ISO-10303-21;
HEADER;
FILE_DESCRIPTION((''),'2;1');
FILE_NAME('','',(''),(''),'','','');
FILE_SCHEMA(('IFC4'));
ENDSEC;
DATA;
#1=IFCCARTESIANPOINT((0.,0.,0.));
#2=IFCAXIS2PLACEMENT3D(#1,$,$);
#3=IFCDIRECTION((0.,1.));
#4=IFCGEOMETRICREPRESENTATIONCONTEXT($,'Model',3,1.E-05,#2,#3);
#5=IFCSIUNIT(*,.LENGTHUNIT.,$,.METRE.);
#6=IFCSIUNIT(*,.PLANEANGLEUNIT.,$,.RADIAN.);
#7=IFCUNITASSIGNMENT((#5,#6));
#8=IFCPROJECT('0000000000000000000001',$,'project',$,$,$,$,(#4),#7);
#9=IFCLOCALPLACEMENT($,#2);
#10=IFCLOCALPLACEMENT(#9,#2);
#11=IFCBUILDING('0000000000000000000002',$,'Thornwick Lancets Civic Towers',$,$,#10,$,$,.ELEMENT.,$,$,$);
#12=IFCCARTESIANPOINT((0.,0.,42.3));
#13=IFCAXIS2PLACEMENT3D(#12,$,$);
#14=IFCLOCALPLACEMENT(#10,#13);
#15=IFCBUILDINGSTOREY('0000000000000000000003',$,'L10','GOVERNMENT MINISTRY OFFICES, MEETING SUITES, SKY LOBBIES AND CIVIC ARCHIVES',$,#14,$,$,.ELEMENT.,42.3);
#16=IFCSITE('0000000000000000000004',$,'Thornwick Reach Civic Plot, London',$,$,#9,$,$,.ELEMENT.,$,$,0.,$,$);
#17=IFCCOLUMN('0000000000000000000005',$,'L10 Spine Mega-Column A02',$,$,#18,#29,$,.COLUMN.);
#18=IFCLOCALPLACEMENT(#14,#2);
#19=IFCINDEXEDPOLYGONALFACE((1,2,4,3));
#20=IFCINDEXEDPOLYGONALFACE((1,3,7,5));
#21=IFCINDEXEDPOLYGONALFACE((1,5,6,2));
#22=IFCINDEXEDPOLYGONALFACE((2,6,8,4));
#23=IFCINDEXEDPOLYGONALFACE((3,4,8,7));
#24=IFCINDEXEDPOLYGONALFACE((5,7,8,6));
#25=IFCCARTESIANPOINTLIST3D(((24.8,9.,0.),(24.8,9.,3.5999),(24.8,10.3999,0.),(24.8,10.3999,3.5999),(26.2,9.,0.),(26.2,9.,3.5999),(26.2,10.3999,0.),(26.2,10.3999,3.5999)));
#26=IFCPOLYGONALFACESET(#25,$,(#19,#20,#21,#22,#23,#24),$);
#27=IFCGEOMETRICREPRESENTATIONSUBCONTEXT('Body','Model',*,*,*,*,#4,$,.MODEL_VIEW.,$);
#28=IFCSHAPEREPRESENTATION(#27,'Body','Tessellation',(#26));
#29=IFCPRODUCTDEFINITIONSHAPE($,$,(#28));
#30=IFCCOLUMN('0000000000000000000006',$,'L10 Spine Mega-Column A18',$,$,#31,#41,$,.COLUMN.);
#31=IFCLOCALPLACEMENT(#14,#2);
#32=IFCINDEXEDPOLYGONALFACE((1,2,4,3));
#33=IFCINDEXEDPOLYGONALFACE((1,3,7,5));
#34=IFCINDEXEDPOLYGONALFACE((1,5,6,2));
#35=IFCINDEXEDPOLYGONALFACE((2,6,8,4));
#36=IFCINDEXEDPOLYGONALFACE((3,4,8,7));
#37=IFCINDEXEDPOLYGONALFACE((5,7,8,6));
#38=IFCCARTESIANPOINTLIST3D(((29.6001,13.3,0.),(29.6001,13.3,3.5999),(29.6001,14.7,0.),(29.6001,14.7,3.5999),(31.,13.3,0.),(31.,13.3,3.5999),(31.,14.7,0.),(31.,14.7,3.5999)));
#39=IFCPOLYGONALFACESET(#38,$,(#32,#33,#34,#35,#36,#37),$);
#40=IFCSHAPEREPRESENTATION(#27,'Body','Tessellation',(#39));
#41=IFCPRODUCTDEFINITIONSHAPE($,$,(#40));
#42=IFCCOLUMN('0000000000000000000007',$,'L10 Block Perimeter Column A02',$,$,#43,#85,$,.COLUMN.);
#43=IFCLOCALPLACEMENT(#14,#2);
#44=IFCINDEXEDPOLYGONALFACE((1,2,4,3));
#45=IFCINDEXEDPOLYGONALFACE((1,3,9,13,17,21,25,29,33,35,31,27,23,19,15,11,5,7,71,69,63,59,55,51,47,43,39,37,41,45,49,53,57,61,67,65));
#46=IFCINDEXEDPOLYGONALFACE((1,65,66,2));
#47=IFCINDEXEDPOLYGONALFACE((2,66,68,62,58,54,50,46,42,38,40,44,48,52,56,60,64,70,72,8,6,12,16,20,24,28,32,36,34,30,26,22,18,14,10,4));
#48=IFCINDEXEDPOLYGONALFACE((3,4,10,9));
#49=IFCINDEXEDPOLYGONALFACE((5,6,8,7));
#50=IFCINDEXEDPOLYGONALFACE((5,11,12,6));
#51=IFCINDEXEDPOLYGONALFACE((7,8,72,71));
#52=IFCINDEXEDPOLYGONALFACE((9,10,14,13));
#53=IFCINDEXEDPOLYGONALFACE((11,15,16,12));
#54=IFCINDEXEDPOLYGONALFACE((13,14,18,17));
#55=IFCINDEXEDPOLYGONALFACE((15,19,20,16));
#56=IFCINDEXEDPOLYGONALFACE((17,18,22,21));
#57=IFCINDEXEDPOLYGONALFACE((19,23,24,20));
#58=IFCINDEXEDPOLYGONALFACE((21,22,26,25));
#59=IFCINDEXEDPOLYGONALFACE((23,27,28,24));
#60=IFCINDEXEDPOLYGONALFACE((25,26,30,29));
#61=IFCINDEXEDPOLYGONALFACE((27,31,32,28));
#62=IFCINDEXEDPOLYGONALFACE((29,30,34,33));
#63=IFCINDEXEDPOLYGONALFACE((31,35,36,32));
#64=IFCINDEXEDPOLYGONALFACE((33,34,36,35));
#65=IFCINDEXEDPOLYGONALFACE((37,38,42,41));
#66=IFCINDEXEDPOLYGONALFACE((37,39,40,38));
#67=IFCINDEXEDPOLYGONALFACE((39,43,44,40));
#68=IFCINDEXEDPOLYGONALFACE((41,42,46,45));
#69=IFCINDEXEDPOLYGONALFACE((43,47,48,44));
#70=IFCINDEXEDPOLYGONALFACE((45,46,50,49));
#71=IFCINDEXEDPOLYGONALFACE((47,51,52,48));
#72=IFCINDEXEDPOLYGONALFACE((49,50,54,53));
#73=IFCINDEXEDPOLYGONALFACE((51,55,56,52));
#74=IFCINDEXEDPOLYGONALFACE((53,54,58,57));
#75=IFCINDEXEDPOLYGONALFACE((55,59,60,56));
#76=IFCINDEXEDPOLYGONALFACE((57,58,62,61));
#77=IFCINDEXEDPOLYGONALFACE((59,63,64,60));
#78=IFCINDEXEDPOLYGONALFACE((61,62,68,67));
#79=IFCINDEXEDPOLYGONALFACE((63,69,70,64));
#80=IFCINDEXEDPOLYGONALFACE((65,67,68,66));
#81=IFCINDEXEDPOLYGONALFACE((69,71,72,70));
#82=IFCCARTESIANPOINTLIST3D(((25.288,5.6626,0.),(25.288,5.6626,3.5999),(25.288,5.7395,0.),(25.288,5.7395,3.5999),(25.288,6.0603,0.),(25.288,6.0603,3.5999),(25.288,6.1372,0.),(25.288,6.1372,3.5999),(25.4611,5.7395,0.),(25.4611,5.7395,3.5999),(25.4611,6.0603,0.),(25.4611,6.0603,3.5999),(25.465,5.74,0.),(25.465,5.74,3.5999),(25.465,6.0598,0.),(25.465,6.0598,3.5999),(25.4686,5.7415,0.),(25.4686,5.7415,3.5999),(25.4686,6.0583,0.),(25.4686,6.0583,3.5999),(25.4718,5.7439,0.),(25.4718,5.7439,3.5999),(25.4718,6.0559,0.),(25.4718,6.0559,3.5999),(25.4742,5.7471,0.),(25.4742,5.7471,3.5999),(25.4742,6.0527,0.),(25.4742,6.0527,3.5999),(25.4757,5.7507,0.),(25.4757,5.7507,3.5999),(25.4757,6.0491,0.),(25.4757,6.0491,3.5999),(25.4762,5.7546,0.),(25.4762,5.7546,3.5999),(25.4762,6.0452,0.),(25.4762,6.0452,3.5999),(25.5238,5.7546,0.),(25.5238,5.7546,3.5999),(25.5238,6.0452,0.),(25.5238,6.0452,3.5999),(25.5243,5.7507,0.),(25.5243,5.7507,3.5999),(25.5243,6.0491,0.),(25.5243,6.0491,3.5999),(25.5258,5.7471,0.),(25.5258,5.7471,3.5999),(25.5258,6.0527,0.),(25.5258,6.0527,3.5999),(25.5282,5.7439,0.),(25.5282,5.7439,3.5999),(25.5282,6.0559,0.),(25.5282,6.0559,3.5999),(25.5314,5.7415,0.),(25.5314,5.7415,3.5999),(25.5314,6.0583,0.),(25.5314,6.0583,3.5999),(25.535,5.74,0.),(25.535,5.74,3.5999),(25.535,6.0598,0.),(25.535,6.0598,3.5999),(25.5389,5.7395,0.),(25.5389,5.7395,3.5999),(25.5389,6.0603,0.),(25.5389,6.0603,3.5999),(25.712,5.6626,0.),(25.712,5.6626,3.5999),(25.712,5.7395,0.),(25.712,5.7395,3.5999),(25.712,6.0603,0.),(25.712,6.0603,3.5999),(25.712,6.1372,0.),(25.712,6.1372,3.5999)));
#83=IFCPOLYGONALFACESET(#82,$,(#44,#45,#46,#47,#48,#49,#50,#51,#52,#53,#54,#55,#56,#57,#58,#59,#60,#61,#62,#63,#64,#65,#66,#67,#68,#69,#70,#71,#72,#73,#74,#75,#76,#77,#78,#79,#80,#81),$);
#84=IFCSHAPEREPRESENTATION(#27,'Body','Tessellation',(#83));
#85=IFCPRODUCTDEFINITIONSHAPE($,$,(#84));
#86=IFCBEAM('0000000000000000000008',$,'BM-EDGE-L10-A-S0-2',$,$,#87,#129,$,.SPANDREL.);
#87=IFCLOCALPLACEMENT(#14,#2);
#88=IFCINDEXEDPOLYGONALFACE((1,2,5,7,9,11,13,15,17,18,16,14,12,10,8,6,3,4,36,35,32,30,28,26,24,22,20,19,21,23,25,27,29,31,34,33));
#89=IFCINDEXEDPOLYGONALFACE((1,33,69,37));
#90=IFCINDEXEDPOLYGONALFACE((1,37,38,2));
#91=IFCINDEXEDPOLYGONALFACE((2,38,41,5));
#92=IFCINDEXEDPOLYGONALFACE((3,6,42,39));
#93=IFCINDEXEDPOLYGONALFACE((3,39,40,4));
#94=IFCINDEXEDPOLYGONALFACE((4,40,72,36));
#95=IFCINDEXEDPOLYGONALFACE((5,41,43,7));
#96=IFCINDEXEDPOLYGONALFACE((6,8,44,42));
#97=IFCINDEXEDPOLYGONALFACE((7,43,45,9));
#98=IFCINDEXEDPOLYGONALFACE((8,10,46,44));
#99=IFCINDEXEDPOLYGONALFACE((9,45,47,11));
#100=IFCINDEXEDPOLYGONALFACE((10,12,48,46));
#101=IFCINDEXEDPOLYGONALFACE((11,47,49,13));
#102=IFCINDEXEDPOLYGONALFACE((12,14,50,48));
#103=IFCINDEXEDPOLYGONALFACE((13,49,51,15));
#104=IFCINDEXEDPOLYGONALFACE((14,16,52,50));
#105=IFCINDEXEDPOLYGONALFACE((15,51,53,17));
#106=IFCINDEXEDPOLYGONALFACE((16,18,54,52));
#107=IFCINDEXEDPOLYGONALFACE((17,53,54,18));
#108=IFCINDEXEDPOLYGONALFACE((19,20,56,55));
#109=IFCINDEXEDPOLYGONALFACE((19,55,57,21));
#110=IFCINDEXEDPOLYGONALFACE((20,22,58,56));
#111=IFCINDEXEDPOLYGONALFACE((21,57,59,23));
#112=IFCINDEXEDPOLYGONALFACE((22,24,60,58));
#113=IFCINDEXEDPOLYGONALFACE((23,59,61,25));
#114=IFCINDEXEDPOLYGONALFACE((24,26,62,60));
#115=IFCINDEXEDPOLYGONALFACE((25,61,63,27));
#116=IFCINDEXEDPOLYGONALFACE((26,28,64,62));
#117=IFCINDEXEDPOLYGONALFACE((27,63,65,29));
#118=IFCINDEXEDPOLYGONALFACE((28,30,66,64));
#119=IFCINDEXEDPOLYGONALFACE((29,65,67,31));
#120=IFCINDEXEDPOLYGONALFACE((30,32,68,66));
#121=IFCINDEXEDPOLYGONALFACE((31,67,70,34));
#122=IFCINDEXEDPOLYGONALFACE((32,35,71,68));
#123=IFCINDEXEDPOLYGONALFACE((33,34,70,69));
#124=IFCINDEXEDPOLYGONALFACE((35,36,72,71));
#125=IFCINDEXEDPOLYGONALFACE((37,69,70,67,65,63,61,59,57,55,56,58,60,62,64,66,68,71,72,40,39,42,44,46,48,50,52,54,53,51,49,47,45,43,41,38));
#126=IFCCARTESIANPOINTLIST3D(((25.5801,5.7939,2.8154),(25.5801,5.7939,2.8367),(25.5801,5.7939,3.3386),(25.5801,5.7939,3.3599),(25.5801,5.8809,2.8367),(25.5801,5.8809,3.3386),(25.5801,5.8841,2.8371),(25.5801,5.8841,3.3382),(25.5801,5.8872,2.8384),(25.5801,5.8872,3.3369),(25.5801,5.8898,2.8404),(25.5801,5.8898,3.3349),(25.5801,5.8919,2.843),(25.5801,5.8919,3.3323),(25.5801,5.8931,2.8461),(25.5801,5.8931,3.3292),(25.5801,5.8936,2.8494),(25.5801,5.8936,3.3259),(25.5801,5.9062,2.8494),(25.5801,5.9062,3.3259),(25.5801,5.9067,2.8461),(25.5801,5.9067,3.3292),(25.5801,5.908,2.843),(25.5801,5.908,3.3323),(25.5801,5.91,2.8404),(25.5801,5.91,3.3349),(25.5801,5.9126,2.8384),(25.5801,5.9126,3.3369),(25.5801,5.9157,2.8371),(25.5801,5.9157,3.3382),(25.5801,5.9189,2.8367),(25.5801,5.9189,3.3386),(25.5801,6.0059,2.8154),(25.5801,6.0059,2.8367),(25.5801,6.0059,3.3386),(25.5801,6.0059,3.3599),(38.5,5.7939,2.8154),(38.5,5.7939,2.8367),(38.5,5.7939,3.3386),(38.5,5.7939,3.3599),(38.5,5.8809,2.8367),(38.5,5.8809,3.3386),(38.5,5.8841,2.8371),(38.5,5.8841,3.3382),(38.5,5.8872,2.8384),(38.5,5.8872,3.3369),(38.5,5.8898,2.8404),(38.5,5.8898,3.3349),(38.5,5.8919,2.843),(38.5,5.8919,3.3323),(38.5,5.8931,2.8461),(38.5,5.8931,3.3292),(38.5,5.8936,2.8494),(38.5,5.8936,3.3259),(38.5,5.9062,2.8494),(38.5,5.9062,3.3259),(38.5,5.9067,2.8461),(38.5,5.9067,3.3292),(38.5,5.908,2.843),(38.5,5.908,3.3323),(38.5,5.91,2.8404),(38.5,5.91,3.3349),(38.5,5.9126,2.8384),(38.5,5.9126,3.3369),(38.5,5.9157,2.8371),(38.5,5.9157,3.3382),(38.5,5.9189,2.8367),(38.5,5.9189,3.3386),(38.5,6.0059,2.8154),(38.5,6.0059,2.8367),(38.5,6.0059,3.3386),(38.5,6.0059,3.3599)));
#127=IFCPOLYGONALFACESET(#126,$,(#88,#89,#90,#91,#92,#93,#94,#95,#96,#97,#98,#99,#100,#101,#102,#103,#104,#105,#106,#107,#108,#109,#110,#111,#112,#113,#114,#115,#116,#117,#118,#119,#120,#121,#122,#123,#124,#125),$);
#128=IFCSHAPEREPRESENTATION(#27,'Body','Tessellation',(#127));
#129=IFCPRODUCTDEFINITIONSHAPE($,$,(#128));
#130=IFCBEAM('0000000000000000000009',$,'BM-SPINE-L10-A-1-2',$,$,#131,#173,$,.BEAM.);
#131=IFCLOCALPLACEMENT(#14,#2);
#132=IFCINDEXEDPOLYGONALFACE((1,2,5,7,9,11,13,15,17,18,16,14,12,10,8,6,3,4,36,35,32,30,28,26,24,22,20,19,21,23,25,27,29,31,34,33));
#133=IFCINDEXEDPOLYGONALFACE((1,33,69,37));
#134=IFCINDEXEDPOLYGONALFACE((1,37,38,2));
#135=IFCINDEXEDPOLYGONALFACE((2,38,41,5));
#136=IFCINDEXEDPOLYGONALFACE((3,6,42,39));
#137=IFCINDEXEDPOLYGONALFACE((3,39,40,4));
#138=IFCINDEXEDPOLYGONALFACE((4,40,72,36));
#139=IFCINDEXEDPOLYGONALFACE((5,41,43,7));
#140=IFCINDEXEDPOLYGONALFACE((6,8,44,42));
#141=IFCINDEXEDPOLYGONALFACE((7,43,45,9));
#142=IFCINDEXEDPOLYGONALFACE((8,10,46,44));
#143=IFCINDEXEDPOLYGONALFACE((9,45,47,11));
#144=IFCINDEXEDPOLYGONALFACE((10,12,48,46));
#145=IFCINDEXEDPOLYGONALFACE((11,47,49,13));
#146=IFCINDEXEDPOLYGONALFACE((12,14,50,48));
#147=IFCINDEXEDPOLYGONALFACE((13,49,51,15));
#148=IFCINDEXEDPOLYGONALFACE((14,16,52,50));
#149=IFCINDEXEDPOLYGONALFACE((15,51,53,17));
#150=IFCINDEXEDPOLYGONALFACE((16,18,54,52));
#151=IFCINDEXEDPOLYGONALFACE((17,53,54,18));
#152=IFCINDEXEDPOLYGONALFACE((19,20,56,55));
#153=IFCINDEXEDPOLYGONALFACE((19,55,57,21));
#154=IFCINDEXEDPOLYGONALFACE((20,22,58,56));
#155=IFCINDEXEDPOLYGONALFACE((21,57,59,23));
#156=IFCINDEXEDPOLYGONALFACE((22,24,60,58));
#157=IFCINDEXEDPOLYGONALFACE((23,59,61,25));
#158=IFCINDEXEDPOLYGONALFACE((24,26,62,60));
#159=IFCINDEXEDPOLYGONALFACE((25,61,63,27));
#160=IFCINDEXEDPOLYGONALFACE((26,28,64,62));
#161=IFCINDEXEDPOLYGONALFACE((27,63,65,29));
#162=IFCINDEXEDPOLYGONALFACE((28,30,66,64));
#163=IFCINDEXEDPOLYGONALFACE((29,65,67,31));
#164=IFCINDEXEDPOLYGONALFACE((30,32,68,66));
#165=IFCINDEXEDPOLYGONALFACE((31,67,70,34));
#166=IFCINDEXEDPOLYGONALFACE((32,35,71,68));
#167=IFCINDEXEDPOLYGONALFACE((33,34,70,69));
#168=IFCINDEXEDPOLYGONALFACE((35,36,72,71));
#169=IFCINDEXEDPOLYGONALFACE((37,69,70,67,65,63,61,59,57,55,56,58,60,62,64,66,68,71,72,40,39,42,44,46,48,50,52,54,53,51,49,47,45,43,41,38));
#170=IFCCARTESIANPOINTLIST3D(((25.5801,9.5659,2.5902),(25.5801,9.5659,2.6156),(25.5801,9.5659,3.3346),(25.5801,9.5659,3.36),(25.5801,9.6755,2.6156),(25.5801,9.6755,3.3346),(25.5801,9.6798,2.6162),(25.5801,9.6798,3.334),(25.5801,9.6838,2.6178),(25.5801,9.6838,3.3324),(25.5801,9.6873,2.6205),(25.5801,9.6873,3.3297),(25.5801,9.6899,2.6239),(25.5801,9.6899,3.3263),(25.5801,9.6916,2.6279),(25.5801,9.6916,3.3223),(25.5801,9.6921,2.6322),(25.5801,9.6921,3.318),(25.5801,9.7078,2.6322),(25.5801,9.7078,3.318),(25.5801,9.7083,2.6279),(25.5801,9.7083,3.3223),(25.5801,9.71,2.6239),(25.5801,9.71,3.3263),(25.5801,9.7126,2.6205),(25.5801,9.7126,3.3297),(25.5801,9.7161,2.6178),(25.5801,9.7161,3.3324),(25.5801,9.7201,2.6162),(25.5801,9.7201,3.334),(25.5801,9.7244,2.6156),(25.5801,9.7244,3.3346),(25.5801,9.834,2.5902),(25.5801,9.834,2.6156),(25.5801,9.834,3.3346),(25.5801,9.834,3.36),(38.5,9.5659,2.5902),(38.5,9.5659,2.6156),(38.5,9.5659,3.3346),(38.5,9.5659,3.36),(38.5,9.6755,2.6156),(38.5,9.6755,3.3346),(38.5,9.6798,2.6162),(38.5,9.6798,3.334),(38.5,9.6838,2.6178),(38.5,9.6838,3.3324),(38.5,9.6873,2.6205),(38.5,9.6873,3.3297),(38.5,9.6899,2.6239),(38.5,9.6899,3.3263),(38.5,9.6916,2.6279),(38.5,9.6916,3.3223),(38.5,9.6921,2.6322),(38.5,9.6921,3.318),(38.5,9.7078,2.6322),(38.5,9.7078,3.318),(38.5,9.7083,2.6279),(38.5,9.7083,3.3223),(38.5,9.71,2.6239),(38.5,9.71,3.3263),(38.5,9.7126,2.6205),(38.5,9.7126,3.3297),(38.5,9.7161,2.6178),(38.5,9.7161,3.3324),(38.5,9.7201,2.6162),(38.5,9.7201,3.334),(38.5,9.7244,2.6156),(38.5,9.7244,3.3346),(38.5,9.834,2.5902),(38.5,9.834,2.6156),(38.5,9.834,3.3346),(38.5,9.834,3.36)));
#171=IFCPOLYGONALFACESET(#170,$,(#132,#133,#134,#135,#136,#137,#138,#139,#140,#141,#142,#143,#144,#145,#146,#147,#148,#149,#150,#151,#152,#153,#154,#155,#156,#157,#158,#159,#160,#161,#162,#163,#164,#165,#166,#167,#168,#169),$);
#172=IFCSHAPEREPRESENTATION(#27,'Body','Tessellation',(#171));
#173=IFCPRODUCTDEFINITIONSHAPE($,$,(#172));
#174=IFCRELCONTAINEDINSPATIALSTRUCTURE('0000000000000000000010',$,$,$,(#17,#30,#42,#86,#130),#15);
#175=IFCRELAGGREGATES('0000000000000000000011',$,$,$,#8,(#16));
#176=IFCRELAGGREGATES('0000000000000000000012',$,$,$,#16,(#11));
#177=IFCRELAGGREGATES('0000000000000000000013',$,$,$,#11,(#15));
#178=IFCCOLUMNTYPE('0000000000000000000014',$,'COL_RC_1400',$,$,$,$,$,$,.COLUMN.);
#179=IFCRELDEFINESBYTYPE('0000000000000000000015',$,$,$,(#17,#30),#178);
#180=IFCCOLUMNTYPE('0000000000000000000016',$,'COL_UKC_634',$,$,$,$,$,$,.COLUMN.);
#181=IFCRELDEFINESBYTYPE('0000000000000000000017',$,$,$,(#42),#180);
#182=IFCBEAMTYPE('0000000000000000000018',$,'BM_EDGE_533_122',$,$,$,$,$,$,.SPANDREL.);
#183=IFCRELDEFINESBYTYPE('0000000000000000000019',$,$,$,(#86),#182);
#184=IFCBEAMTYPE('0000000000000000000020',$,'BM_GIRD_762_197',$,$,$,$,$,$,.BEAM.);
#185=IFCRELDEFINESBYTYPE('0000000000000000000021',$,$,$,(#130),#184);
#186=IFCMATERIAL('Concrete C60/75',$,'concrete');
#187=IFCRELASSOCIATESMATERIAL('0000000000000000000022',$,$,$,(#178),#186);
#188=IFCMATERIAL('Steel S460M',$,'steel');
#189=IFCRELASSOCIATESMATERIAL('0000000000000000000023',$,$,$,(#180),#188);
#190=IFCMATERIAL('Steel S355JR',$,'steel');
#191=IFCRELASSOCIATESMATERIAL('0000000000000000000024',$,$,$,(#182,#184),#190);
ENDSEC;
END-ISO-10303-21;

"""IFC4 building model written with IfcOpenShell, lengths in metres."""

from ifc_helpers import new_model, si_unit, direction, frame, origin, origin_2d, place, context, subcontext, project, spatial, rectangle, i_section, extrude, material, material_profile, profile_set, type_object, element, save


model = new_model("IFC4")

# Units and contexts
model_context = context("Model", 3, precision=1e-05, world=origin(), true_north=direction((0.0, 1.0)))
body_context = subcontext(model_context, "Body", "Model", "MODEL_VIEW")
ifc_project = project(units=[si_unit("LENGTHUNIT", "METRE"), si_unit("PLANEANGLEUNIT", "RADIAN")], contexts=[model_context])

# Site, building, storey
site_placement = place(None, origin())
site = spatial("IfcSite", under=ifc_project, at=site_placement, Name="Thornwick Reach Civic Plot, London", CompositionType="ELEMENT", RefElevation=0.0)
building_placement = place(site_placement, origin())
building = spatial("IfcBuilding", under=site, at=building_placement, Name="Thornwick Lancets Civic Towers", CompositionType="ELEMENT")
storey_placement = place(building_placement, frame((0.0, 0.0, 42.3)))
storey = spatial("IfcBuildingStorey", under=building, at=storey_placement, Name="L10", Description="GOVERNMENT MINISTRY OFFICES, MEETING SUITES, SKY LOBBIES AND CIVIC ARCHIVES", CompositionType="ELEMENT", Elevation=42.3)

# Columns
ifc_material_1 = material(Name="Concrete C60/75", Category="concrete")
ifc_material_profile_1 = material_profile(ifc_material_1, rectangle(XDim=1.3999, YDim=1.3999, at=origin_2d()), Name="RC 1400x1400")
ifc_profile_set_1 = profile_set([ifc_material_profile_1], Name="Concrete C60/75")
column_type_1 = type_object("IfcColumnType", Name="COL_RC_1400", PredefinedType="COLUMN", material=ifc_profile_set_1)
for number, where, z_axis, x_axis, name in (
    (1, (25.5, 9.7, 0.0), (0.0, 0.0, 1.0), (1.0, 0.0, 0.0), "L10 Spine Mega-Column A02"),
    (2, (30.3, 14.0, 0.0), (0.0, 0.0, 1.0), (1.0, 0.0, 0.0), "L10 Spine Mega-Column A18"),
):
    element("IfcColumn", number, at=place(storey_placement, frame(where, z_axis=z_axis, x_axis=x_axis)), inside=storey, type_object=column_type_1, Name=name, PredefinedType="COLUMN", context=body_context, shape_type="SweptSolid", body=[
        extrude(rectangle(XDim=1.3999, YDim=1.3999, at=origin_2d()), origin(), (0.0, 0.0, 1.0), 3.5999),
    ])
ifc_material_2 = material(Name="Steel S460M", Category="steel")
ifc_material_profile_2 = material_profile(ifc_material_2, i_section(OverallWidth=0.4241, OverallDepth=0.4746, WebThickness=0.0476, FlangeThickness=0.0769, FilletRadius=0.0151, at=origin_2d()), Name="UKC 356x406x634")
ifc_profile_set_2 = profile_set([ifc_material_profile_2], Name="Steel S460M")
column_type_2 = type_object("IfcColumnType", Name="COL_UKC_634", PredefinedType="COLUMN", material=ifc_profile_set_2)
column_placement = place(storey_placement, frame((25.5, 5.8999, 0.0), z_axis=(0.0, 0.0, 1.0), x_axis=(1.0, 0.0, 0.0)))
element("IfcColumn", 3, at=column_placement, inside=storey, type_object=column_type_2, Name="L10 Block Perimeter Column A02", PredefinedType="COLUMN", context=body_context, shape_type="SweptSolid", body=[
    extrude(i_section(OverallWidth=0.4241, OverallDepth=0.4746, WebThickness=0.0476, FlangeThickness=0.0769, FilletRadius=0.0151, at=origin_2d()), origin(), (0.0, 0.0, 1.0), 3.5999),
])

# Beams
ifc_material_3 = material(Name="Steel S355JR", Category="steel")
ifc_material_profile_3 = material_profile(ifc_material_3, i_section(OverallWidth=0.2119, OverallDepth=0.5444, WebThickness=0.0127, FlangeThickness=0.0212, FilletRadius=0.0127, at=origin_2d()), Name="UKB 533x210x122")
ifc_profile_set_3 = profile_set([ifc_material_profile_3], Name="Steel S355JR")
beam_type_1 = type_object("IfcBeamType", Name="BM_EDGE_533_122", PredefinedType="SPANDREL", material=ifc_profile_set_3)
beam_1_placement = place(storey_placement, frame((25.5801, 5.8999, 3.0876), z_axis=(1.0, 0.0, 0.0), x_axis=(0.0, 1.0, 0.0)))
element("IfcBeam", 4, at=beam_1_placement, inside=storey, type_object=beam_type_1, Name="BM-EDGE-L10-A-S0-2", PredefinedType="SPANDREL", context=body_context, shape_type="SweptSolid", body=[
    extrude(i_section(OverallWidth=0.2119, OverallDepth=0.5444, WebThickness=0.0127, FlangeThickness=0.0212, FilletRadius=0.0127, at=origin_2d()), origin(), (0.0, 0.0, 1.0), 12.9199),
])
ifc_material_profile_4 = material_profile(ifc_material_3, i_section(OverallWidth=0.2681, OverallDepth=0.7698, WebThickness=0.0156, FlangeThickness=0.0254, FilletRadius=0.0166, at=origin_2d()), Name="UKB 762x267x197")
ifc_profile_set_4 = profile_set([ifc_material_profile_4], Name="Steel S355JR")
beam_type_2 = type_object("IfcBeamType", Name="BM_GIRD_762_197", PredefinedType="BEAM", material=ifc_profile_set_4)
beam_2_placement = place(storey_placement, frame((25.5801, 9.7, 2.9751), z_axis=(1.0, 0.0, 0.0), x_axis=(0.0, 1.0, 0.0)))
element("IfcBeam", 5, at=beam_2_placement, inside=storey, type_object=beam_type_2, Name="BM-SPINE-L10-A-1-2", PredefinedType="BEAM", context=body_context, shape_type="SweptSolid", body=[
    extrude(i_section(OverallWidth=0.2681, OverallDepth=0.7698, WebThickness=0.0156, FlangeThickness=0.0254, FilletRadius=0.0166, at=origin_2d()), origin(), (0.0, 0.0, 1.0), 12.9199),
])

save(model, "model.ifc")
